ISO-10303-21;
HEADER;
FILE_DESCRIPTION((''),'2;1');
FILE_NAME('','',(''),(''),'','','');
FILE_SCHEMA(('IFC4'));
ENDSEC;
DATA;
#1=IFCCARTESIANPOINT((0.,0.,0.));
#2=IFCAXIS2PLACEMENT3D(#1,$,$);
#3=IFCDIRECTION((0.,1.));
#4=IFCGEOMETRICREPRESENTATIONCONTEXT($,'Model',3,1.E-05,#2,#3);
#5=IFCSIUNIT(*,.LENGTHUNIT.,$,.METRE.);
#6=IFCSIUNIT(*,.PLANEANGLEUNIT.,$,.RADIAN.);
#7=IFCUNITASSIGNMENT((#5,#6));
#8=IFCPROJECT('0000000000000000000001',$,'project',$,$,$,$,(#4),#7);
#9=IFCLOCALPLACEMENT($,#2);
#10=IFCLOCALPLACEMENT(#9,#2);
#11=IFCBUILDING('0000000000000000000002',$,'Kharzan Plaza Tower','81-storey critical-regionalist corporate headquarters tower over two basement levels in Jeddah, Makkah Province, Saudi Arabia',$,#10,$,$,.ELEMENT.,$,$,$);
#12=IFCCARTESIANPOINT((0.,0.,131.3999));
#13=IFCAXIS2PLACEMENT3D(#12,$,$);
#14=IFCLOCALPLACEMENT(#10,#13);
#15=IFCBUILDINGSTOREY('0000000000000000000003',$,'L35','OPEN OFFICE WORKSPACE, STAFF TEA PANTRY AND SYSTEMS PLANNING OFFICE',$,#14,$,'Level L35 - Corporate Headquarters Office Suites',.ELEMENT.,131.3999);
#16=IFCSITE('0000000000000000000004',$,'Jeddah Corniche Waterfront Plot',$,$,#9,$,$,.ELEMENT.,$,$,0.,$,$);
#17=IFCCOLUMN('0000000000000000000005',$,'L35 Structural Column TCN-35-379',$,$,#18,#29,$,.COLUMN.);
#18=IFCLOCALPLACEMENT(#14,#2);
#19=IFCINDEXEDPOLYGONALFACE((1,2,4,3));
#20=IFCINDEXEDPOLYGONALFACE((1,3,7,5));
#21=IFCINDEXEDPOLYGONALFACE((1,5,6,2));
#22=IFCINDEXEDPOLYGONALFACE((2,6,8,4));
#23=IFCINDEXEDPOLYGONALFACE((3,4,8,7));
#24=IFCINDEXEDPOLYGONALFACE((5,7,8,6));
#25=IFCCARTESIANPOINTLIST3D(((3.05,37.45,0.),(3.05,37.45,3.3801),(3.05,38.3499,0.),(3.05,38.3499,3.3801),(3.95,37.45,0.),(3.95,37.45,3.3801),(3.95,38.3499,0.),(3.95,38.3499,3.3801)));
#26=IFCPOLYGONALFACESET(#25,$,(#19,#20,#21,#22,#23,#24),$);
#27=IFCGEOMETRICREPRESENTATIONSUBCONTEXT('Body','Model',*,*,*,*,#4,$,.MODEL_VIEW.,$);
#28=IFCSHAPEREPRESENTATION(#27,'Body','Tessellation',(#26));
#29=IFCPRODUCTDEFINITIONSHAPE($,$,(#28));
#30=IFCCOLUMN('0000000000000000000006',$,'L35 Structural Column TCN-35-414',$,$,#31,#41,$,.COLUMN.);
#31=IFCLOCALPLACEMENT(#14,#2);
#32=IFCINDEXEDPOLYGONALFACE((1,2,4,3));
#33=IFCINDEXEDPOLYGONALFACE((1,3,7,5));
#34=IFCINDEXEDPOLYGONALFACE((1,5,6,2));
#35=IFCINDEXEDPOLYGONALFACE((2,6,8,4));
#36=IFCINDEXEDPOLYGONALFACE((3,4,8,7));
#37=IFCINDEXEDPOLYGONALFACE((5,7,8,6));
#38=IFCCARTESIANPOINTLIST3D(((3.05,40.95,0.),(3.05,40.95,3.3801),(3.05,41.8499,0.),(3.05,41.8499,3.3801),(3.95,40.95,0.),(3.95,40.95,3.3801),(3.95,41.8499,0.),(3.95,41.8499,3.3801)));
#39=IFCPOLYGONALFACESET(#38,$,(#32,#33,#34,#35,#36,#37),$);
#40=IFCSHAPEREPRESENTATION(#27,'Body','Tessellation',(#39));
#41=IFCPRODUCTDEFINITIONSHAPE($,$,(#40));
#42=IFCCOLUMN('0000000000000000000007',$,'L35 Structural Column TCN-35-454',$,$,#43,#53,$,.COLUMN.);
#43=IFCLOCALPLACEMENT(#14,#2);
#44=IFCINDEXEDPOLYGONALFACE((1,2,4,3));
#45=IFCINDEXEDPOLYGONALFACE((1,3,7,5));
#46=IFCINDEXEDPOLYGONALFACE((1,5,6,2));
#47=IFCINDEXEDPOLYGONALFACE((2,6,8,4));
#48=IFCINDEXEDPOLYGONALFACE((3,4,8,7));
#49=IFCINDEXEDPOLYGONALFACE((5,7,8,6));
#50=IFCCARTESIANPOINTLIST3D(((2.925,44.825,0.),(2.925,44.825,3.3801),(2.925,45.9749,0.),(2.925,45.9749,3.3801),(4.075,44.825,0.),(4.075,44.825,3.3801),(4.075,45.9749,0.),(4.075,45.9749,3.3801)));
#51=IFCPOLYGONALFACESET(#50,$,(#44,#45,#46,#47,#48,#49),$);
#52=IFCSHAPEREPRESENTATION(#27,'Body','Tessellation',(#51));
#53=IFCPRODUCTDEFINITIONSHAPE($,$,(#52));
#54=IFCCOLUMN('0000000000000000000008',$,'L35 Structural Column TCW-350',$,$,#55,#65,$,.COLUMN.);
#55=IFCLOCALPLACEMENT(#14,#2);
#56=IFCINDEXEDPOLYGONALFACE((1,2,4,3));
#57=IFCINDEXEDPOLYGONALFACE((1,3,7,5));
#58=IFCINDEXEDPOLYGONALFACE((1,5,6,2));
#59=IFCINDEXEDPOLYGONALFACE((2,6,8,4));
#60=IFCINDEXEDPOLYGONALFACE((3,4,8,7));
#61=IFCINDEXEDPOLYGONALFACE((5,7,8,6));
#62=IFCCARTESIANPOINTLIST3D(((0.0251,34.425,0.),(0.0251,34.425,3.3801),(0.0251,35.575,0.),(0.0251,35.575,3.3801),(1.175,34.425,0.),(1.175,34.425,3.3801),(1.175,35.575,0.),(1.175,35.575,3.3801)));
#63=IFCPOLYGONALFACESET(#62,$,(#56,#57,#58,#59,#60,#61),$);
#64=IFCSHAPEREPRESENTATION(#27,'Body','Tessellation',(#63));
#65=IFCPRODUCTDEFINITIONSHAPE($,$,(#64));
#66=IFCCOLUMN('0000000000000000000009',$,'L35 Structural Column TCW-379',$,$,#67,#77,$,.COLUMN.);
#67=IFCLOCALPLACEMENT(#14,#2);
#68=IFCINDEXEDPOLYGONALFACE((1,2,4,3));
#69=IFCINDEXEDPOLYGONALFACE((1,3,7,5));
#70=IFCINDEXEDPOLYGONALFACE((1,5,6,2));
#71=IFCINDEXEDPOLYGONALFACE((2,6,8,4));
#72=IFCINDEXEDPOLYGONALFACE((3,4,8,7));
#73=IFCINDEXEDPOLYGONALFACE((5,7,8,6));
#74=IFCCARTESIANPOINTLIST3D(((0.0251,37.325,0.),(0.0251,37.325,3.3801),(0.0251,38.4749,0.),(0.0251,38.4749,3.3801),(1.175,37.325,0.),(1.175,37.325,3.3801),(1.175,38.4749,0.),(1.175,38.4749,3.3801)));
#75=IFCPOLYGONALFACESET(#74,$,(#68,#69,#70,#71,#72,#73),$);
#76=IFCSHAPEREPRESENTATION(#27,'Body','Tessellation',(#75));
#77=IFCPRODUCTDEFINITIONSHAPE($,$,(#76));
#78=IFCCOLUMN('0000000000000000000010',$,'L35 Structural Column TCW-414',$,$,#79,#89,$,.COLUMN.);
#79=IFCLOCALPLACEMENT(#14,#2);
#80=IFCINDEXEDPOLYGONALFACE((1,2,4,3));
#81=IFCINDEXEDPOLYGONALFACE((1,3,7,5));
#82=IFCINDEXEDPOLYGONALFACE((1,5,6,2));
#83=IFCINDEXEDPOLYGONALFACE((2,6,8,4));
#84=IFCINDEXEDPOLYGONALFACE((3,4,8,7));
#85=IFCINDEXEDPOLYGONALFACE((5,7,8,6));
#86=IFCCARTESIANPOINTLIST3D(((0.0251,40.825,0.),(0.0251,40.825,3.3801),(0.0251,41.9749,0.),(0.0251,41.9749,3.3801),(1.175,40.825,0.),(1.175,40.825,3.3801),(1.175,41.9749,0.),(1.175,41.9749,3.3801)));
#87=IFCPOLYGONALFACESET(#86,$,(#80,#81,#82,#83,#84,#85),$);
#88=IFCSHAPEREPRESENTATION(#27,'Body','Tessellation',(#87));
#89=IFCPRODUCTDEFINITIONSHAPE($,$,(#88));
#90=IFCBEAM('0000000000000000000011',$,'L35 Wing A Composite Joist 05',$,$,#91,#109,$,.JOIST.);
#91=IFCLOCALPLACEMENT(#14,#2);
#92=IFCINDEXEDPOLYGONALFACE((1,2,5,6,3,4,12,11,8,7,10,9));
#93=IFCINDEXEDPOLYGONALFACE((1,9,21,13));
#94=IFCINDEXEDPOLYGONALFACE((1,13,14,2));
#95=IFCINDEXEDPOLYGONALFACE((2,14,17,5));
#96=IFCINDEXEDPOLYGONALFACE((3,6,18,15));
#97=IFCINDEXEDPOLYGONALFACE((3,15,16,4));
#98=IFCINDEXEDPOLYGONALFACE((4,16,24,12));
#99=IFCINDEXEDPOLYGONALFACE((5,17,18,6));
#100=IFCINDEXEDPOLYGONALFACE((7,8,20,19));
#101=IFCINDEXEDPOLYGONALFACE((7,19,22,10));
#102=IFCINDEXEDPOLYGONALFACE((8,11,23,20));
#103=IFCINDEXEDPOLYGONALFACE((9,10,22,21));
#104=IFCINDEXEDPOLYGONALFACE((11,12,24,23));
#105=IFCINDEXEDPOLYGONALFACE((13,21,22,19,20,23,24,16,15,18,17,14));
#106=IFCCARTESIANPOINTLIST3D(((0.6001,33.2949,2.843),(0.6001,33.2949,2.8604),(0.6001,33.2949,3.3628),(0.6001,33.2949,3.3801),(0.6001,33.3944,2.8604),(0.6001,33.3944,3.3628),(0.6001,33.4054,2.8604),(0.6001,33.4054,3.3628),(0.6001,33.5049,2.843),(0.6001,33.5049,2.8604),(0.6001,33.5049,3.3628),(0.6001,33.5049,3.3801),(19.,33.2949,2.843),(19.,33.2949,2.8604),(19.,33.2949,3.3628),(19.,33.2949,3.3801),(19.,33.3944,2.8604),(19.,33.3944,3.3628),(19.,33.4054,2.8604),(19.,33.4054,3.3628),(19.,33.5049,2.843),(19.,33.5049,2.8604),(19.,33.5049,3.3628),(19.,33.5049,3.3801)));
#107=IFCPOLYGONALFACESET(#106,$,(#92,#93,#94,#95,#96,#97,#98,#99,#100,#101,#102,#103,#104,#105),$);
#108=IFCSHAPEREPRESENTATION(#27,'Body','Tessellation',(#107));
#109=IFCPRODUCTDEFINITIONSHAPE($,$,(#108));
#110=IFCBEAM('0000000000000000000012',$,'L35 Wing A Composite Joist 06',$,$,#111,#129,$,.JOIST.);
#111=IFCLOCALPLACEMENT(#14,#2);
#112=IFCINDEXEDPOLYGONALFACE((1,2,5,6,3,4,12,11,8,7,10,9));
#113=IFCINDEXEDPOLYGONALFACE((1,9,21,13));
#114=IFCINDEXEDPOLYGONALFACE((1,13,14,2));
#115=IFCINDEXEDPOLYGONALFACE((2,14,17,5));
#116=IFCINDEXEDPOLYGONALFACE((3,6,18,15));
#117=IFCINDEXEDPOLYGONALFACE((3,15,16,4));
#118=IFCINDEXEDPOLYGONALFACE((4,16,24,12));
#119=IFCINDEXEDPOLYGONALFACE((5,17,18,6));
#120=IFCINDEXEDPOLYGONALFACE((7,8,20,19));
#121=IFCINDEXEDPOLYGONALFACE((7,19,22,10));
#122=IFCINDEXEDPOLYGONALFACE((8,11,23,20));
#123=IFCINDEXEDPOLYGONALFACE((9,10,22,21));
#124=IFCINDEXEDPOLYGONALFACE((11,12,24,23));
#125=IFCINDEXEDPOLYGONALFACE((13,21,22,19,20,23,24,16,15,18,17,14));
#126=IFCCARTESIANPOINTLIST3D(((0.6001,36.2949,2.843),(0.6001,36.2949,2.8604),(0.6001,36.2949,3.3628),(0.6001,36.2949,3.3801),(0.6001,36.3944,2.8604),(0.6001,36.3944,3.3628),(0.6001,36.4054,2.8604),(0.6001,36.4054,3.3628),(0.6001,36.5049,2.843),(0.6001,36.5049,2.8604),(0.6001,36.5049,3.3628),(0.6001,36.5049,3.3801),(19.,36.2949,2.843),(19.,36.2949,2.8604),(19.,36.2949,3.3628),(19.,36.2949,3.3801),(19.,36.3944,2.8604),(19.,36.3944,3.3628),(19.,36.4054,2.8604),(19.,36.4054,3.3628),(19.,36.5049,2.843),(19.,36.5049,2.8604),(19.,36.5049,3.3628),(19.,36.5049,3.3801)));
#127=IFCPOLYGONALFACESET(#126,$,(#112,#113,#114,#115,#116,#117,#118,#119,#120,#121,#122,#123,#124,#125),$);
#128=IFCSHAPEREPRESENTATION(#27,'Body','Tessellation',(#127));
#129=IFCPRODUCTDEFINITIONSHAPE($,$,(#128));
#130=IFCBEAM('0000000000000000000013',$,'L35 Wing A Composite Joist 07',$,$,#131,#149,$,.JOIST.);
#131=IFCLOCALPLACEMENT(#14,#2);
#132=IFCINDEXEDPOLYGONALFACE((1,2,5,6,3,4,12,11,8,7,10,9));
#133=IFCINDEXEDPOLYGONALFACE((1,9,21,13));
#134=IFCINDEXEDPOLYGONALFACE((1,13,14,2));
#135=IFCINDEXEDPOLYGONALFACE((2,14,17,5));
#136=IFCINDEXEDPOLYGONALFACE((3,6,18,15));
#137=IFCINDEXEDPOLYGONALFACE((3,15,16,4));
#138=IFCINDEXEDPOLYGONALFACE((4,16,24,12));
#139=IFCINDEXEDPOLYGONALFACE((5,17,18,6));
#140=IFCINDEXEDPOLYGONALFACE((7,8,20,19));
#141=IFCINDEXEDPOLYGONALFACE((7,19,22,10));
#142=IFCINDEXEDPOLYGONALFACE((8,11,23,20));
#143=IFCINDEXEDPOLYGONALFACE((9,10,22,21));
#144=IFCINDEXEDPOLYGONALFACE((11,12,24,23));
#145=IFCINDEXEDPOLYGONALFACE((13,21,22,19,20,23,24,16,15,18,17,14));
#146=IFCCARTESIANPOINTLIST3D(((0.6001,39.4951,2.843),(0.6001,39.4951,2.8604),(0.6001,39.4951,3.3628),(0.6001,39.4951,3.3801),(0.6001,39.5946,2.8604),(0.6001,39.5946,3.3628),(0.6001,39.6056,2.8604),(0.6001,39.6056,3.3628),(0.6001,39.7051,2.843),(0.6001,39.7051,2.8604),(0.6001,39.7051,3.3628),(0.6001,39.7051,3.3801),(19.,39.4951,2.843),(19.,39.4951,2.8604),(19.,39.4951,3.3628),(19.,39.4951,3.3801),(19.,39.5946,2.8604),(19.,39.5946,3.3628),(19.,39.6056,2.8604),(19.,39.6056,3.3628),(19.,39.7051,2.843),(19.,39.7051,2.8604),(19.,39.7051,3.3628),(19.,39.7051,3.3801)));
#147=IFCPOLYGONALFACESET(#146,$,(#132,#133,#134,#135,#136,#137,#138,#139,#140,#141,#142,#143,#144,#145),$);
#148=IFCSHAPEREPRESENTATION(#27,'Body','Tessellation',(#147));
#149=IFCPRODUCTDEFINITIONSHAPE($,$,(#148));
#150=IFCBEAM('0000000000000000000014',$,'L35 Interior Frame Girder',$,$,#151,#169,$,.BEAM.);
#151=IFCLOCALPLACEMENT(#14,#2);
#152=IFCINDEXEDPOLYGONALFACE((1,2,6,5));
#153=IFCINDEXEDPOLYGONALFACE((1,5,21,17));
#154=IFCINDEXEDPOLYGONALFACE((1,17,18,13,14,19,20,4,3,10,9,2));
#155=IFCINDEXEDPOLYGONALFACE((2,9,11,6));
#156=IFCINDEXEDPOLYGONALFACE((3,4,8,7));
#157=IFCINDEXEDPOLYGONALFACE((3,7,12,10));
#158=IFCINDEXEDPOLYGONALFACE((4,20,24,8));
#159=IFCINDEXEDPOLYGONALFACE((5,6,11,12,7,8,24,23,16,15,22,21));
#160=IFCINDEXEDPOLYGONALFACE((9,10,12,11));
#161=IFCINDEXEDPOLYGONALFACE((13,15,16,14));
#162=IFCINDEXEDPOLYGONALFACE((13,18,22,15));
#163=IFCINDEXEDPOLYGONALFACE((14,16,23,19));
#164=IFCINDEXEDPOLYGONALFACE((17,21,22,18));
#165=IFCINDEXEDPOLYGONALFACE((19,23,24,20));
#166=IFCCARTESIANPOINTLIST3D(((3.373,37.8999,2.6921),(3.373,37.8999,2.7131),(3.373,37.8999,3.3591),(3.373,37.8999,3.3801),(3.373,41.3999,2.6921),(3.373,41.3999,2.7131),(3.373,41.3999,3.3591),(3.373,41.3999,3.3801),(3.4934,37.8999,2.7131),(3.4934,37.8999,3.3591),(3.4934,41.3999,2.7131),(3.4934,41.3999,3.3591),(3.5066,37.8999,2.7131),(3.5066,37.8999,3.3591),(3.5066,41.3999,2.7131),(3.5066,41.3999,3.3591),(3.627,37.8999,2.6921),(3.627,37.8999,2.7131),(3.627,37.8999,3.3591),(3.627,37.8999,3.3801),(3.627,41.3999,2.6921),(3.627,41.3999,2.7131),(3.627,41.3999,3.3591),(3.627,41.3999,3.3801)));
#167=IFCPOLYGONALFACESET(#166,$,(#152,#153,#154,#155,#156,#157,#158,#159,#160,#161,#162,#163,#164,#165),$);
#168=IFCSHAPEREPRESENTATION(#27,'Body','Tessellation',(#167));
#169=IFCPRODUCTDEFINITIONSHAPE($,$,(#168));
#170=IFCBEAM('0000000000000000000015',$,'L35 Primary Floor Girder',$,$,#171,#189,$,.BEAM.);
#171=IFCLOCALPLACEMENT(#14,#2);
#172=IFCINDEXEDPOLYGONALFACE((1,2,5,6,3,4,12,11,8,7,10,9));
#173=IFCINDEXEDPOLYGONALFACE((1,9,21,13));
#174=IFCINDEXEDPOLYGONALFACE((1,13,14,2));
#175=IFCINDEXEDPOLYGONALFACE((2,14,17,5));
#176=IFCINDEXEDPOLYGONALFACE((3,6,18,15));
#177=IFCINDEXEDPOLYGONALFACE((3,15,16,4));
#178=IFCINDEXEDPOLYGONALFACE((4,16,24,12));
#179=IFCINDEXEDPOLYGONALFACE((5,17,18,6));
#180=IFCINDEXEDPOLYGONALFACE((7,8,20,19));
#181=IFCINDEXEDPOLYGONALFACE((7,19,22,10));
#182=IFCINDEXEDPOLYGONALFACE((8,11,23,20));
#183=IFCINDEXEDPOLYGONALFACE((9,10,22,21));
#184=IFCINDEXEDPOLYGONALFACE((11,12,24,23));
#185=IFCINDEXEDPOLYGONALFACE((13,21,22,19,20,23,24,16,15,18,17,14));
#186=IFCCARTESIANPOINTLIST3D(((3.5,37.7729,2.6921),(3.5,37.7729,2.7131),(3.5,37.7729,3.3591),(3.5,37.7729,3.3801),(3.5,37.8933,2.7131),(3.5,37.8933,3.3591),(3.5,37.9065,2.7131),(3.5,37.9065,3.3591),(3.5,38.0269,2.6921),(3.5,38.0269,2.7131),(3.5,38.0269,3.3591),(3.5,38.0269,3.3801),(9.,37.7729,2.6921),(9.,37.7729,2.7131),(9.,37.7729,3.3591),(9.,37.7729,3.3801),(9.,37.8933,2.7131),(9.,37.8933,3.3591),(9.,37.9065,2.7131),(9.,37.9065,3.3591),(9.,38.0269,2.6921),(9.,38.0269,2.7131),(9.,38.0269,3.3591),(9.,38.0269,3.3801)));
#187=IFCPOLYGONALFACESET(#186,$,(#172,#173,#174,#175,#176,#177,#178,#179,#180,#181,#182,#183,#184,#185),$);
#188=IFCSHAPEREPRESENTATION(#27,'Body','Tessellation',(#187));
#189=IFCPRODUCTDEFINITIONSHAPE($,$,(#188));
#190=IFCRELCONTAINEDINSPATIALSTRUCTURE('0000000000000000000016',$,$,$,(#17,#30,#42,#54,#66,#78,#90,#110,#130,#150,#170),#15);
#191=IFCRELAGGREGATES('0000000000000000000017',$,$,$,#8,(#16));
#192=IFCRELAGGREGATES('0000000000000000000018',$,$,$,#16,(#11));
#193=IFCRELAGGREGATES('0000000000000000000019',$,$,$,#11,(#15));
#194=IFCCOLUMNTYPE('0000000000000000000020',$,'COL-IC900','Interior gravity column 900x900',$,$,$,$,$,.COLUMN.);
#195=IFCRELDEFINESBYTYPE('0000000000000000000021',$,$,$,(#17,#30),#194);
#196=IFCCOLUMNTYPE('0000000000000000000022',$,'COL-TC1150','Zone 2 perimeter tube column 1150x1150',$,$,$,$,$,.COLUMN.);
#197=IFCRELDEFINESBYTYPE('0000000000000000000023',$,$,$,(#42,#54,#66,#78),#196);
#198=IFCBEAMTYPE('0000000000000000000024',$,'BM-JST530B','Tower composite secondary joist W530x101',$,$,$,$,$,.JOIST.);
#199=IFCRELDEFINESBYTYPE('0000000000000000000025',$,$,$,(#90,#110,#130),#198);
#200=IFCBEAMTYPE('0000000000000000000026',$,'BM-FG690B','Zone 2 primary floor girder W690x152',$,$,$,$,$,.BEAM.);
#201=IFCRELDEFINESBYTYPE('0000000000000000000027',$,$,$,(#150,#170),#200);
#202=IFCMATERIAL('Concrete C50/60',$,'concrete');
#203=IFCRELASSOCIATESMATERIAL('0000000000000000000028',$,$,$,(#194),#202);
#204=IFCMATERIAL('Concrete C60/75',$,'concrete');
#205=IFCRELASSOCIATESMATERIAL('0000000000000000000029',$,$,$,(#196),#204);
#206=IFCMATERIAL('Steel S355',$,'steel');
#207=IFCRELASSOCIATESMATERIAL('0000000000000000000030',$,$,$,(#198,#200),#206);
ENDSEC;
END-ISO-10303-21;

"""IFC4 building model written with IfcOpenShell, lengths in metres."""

from ifc_helpers import new_model, si_unit, direction, frame, origin, origin_2d, place, context, subcontext, project, spatial, rectangle, i_section, extrude, source, transform, mapped, material, material_profile, profile_set, type_object, element, save


model = new_model("IFC4")

# Units and contexts
model_context = context("Model", 3, precision=1e-05, world=origin(), true_north=direction((0.0, 1.0)))
body_context = subcontext(model_context, "Body", "Model", "MODEL_VIEW")
ifc_project = project(units=[si_unit("LENGTHUNIT", "METRE"), si_unit("PLANEANGLEUNIT", "RADIAN")], contexts=[model_context])

# Site, building, storey
site_placement = place(None, origin())
site = spatial("IfcSite", under=ifc_project, at=site_placement, Name="Jeddah Corniche Waterfront Plot", CompositionType="ELEMENT", RefElevation=0.0)
building_placement = place(site_placement, origin())
building = spatial("IfcBuilding", under=site, at=building_placement, Name="Kharzan Plaza Tower", Description="81-storey critical-regionalist corporate headquarters tower over two basement levels in Jeddah, Makkah Province, Saudi Arabia", CompositionType="ELEMENT")
storey_placement = place(building_placement, frame((0.0, 0.0, 131.3999)))
storey = spatial("IfcBuildingStorey", under=building, at=storey_placement, Name="L35", Description="OPEN OFFICE WORKSPACE, STAFF TEA PANTRY AND SYSTEMS PLANNING OFFICE", LongName="Level L35 - Corporate Headquarters Office Suites", CompositionType="ELEMENT", Elevation=131.3999)

# Columns
ifc_material_1 = material(Name="Concrete C50/60", Category="concrete")
ifc_material_profile_1 = material_profile(ifc_material_1, rectangle(XDim=0.8999, YDim=0.8999, at=origin_2d()), Name="RC-IC900x900")
ifc_profile_set_1 = profile_set([ifc_material_profile_1], Name="Concrete C50/60")
column_type_1 = type_object("IfcColumnType", Name="COL-IC900", Description="Interior gravity column 900x900", PredefinedType="COLUMN", material=ifc_profile_set_1)
shared_shape_1 = source(origin(), body_context, "Body", "SweptSolid", [
    extrude(rectangle(XDim=0.8999, YDim=0.8999, at=origin_2d()), origin(), (0.0, 0.0, 1.0), 3.3801),
])
for number, where, z_axis, x_axis, name in (
    (1, (3.5, 37.8999, 0.0), (0.0, 0.0, 1.0), (1.0, 0.0, 0.0), "L35 Structural Column TCN-35-379"),
    (2, (3.5, 41.3999, 0.0), (0.0, 0.0, 1.0), (1.0, 0.0, 0.0), "L35 Structural Column TCN-35-414"),
):
    element("IfcColumn", number, at=place(storey_placement, frame(where, z_axis=z_axis, x_axis=x_axis)), inside=storey, type_object=column_type_1, Name=name, PredefinedType="COLUMN", context=body_context, shape_type="MappedRepresentation", body=[
        mapped(shared_shape_1, transform((0.0, 0.0, 0.0), x_axis=(1.0, 0.0, 0.0), y_axis=(0.0, 1.0, 0.0), z_axis=(0.0, 0.0, 1.0))),
    ])
ifc_material_2 = material(Name="Concrete C60/75", Category="concrete")
ifc_material_profile_2 = material_profile(ifc_material_2, rectangle(XDim=1.1499, YDim=1.1499, at=origin_2d()), Name="RC-TC1150x1150")
ifc_profile_set_2 = profile_set([ifc_material_profile_2], Name="Concrete C60/75")
column_type_2 = type_object("IfcColumnType", Name="COL-TC1150", Description="Zone 2 perimeter tube column 1150x1150", PredefinedType="COLUMN", material=ifc_profile_set_2)
shared_shape_2 = source(origin(), body_context, "Body", "SweptSolid", [
    extrude(rectangle(XDim=1.1499, YDim=1.1499, at=origin_2d()), origin(), (0.0, 0.0, 1.0), 3.3801),
])
for number, where, z_axis, x_axis, name in (
    (3, (3.5, 45.3999, 0.0), (0.0, 0.0, 1.0), (1.0, 0.0, 0.0), "L35 Structural Column TCN-35-454"),
    (4, (0.6001, 35.0, 0.0), (0.0, 0.0, 1.0), (1.0, 0.0, 0.0), "L35 Structural Column TCW-350"),
    (5, (0.6001, 37.8999, 0.0), (0.0, 0.0, 1.0), (1.0, 0.0, 0.0), "L35 Structural Column TCW-379"),
    (6, (0.6001, 41.3999, 0.0), (0.0, 0.0, 1.0), (1.0, 0.0, 0.0), "L35 Structural Column TCW-414"),
):
    element("IfcColumn", number, at=place(storey_placement, frame(where, z_axis=z_axis, x_axis=x_axis)), inside=storey, type_object=column_type_2, Name=name, PredefinedType="COLUMN", context=body_context, shape_type="MappedRepresentation", body=[
        mapped(shared_shape_2, transform((0.0, 0.0, 0.0), x_axis=(1.0, 0.0, 0.0), y_axis=(0.0, 1.0, 0.0), z_axis=(0.0, 0.0, 1.0))),
    ])

# Beams
ifc_material_3 = material(Name="Steel S355", Category="steel")
ifc_material_profile_3 = material_profile(ifc_material_3, i_section(OverallWidth=0.21, OverallDepth=0.5371, WebThickness=0.011, FlangeThickness=0.0173, at=origin_2d()), Name="W530x101")
ifc_profile_set_3 = profile_set([ifc_material_profile_3], Name="Steel S355")
beam_type_1 = type_object("IfcBeamType", Name="BM-JST530B", Description="Tower composite secondary joist W530x101", PredefinedType="JOIST", material=ifc_profile_set_3)
shared_shape_3 = source(origin(), body_context, "Body", "SweptSolid", [
    extrude(i_section(OverallWidth=0.21, OverallDepth=0.5371, WebThickness=0.011, FlangeThickness=0.0173, at=origin_2d()), origin(), (0.0, 0.0, 1.0), 18.3999),
])
for number, where, z_axis, x_axis, name in (
    (7, (0.6001, 33.3999, 3.1116), (1.0, 0.0, 0.0), (0.0, 1.0, 0.0), "L35 Wing A Composite Joist 05"),
    (8, (0.6001, 36.3999, 3.1116), (1.0, 0.0, 0.0), (0.0, 1.0, 0.0), "L35 Wing A Composite Joist 06"),
    (9, (0.6001, 39.6001, 3.1116), (1.0, 0.0, 0.0), (0.0, 1.0, 0.0), "L35 Wing A Composite Joist 07"),
):
    element("IfcBeam", number, at=place(storey_placement, frame(where, z_axis=z_axis, x_axis=x_axis)), inside=storey, type_object=beam_type_1, Name=name, PredefinedType="JOIST", context=body_context, shape_type="MappedRepresentation", body=[
        mapped(shared_shape_3, transform((0.0, 0.0, 0.0), x_axis=(1.0, 0.0, 0.0), y_axis=(0.0, 1.0, 0.0), z_axis=(0.0, 0.0, 1.0))),
    ])
ifc_material_profile_4 = material_profile(ifc_material_3, i_section(OverallWidth=0.2539, OverallDepth=0.688, WebThickness=0.0132, FlangeThickness=0.021, at=origin_2d()), Name="W690x152")
ifc_profile_set_4 = profile_set([ifc_material_profile_4], Name="Steel S355")
beam_type_2 = type_object("IfcBeamType", Name="BM-FG690B", Description="Zone 2 primary floor girder W690x152", PredefinedType="BEAM", material=ifc_profile_set_4)
shared_shape_4 = source(origin(), body_context, "Body", "SweptSolid", [
    extrude(i_section(OverallWidth=0.2539, OverallDepth=0.688, WebThickness=0.0132, FlangeThickness=0.021, at=origin_2d()), origin(), (0.0, 0.0, 1.0), 3.5),
])
beam_1_placement = place(storey_placement, frame((3.5, 37.8999, 3.0361), z_axis=(0.0, 1.0, 0.0), x_axis=(-1.0, 0.0, 0.0)))
element("IfcBeam", 10, at=beam_1_placement, inside=storey, type_object=beam_type_2, Name="L35 Interior Frame Girder", PredefinedType="BEAM", context=body_context, shape_type="MappedRepresentation", body=[
    mapped(shared_shape_4, transform((0.0, 0.0, 0.0), x_axis=(1.0, 0.0, 0.0), y_axis=(0.0, 1.0, 0.0), z_axis=(0.0, 0.0, 1.0))),
])
shared_shape_5 = source(origin(), body_context, "Body", "SweptSolid", [
    extrude(i_section(OverallWidth=0.2539, OverallDepth=0.688, WebThickness=0.0132, FlangeThickness=0.021, at=origin_2d()), origin(), (0.0, 0.0, 1.0), 5.5),
])
for number, where, z_axis, x_axis, name in (
    (11, (3.5, 37.8999, 3.0361), (1.0, 0.0, 0.0), (0.0, 1.0, 0.0), "L35 Primary Floor Girder"),
):
    element("IfcBeam", number, at=place(storey_placement, frame(where, z_axis=z_axis, x_axis=x_axis)), inside=storey, type_object=beam_type_2, Name=name, PredefinedType="BEAM", context=body_context, shape_type="MappedRepresentation", body=[
        mapped(shared_shape_5, transform((0.0, 0.0, 0.0), x_axis=(1.0, 0.0, 0.0), y_axis=(0.0, 1.0, 0.0), z_axis=(0.0, 0.0, 1.0))),
    ])

save(model, "model.ifc")
